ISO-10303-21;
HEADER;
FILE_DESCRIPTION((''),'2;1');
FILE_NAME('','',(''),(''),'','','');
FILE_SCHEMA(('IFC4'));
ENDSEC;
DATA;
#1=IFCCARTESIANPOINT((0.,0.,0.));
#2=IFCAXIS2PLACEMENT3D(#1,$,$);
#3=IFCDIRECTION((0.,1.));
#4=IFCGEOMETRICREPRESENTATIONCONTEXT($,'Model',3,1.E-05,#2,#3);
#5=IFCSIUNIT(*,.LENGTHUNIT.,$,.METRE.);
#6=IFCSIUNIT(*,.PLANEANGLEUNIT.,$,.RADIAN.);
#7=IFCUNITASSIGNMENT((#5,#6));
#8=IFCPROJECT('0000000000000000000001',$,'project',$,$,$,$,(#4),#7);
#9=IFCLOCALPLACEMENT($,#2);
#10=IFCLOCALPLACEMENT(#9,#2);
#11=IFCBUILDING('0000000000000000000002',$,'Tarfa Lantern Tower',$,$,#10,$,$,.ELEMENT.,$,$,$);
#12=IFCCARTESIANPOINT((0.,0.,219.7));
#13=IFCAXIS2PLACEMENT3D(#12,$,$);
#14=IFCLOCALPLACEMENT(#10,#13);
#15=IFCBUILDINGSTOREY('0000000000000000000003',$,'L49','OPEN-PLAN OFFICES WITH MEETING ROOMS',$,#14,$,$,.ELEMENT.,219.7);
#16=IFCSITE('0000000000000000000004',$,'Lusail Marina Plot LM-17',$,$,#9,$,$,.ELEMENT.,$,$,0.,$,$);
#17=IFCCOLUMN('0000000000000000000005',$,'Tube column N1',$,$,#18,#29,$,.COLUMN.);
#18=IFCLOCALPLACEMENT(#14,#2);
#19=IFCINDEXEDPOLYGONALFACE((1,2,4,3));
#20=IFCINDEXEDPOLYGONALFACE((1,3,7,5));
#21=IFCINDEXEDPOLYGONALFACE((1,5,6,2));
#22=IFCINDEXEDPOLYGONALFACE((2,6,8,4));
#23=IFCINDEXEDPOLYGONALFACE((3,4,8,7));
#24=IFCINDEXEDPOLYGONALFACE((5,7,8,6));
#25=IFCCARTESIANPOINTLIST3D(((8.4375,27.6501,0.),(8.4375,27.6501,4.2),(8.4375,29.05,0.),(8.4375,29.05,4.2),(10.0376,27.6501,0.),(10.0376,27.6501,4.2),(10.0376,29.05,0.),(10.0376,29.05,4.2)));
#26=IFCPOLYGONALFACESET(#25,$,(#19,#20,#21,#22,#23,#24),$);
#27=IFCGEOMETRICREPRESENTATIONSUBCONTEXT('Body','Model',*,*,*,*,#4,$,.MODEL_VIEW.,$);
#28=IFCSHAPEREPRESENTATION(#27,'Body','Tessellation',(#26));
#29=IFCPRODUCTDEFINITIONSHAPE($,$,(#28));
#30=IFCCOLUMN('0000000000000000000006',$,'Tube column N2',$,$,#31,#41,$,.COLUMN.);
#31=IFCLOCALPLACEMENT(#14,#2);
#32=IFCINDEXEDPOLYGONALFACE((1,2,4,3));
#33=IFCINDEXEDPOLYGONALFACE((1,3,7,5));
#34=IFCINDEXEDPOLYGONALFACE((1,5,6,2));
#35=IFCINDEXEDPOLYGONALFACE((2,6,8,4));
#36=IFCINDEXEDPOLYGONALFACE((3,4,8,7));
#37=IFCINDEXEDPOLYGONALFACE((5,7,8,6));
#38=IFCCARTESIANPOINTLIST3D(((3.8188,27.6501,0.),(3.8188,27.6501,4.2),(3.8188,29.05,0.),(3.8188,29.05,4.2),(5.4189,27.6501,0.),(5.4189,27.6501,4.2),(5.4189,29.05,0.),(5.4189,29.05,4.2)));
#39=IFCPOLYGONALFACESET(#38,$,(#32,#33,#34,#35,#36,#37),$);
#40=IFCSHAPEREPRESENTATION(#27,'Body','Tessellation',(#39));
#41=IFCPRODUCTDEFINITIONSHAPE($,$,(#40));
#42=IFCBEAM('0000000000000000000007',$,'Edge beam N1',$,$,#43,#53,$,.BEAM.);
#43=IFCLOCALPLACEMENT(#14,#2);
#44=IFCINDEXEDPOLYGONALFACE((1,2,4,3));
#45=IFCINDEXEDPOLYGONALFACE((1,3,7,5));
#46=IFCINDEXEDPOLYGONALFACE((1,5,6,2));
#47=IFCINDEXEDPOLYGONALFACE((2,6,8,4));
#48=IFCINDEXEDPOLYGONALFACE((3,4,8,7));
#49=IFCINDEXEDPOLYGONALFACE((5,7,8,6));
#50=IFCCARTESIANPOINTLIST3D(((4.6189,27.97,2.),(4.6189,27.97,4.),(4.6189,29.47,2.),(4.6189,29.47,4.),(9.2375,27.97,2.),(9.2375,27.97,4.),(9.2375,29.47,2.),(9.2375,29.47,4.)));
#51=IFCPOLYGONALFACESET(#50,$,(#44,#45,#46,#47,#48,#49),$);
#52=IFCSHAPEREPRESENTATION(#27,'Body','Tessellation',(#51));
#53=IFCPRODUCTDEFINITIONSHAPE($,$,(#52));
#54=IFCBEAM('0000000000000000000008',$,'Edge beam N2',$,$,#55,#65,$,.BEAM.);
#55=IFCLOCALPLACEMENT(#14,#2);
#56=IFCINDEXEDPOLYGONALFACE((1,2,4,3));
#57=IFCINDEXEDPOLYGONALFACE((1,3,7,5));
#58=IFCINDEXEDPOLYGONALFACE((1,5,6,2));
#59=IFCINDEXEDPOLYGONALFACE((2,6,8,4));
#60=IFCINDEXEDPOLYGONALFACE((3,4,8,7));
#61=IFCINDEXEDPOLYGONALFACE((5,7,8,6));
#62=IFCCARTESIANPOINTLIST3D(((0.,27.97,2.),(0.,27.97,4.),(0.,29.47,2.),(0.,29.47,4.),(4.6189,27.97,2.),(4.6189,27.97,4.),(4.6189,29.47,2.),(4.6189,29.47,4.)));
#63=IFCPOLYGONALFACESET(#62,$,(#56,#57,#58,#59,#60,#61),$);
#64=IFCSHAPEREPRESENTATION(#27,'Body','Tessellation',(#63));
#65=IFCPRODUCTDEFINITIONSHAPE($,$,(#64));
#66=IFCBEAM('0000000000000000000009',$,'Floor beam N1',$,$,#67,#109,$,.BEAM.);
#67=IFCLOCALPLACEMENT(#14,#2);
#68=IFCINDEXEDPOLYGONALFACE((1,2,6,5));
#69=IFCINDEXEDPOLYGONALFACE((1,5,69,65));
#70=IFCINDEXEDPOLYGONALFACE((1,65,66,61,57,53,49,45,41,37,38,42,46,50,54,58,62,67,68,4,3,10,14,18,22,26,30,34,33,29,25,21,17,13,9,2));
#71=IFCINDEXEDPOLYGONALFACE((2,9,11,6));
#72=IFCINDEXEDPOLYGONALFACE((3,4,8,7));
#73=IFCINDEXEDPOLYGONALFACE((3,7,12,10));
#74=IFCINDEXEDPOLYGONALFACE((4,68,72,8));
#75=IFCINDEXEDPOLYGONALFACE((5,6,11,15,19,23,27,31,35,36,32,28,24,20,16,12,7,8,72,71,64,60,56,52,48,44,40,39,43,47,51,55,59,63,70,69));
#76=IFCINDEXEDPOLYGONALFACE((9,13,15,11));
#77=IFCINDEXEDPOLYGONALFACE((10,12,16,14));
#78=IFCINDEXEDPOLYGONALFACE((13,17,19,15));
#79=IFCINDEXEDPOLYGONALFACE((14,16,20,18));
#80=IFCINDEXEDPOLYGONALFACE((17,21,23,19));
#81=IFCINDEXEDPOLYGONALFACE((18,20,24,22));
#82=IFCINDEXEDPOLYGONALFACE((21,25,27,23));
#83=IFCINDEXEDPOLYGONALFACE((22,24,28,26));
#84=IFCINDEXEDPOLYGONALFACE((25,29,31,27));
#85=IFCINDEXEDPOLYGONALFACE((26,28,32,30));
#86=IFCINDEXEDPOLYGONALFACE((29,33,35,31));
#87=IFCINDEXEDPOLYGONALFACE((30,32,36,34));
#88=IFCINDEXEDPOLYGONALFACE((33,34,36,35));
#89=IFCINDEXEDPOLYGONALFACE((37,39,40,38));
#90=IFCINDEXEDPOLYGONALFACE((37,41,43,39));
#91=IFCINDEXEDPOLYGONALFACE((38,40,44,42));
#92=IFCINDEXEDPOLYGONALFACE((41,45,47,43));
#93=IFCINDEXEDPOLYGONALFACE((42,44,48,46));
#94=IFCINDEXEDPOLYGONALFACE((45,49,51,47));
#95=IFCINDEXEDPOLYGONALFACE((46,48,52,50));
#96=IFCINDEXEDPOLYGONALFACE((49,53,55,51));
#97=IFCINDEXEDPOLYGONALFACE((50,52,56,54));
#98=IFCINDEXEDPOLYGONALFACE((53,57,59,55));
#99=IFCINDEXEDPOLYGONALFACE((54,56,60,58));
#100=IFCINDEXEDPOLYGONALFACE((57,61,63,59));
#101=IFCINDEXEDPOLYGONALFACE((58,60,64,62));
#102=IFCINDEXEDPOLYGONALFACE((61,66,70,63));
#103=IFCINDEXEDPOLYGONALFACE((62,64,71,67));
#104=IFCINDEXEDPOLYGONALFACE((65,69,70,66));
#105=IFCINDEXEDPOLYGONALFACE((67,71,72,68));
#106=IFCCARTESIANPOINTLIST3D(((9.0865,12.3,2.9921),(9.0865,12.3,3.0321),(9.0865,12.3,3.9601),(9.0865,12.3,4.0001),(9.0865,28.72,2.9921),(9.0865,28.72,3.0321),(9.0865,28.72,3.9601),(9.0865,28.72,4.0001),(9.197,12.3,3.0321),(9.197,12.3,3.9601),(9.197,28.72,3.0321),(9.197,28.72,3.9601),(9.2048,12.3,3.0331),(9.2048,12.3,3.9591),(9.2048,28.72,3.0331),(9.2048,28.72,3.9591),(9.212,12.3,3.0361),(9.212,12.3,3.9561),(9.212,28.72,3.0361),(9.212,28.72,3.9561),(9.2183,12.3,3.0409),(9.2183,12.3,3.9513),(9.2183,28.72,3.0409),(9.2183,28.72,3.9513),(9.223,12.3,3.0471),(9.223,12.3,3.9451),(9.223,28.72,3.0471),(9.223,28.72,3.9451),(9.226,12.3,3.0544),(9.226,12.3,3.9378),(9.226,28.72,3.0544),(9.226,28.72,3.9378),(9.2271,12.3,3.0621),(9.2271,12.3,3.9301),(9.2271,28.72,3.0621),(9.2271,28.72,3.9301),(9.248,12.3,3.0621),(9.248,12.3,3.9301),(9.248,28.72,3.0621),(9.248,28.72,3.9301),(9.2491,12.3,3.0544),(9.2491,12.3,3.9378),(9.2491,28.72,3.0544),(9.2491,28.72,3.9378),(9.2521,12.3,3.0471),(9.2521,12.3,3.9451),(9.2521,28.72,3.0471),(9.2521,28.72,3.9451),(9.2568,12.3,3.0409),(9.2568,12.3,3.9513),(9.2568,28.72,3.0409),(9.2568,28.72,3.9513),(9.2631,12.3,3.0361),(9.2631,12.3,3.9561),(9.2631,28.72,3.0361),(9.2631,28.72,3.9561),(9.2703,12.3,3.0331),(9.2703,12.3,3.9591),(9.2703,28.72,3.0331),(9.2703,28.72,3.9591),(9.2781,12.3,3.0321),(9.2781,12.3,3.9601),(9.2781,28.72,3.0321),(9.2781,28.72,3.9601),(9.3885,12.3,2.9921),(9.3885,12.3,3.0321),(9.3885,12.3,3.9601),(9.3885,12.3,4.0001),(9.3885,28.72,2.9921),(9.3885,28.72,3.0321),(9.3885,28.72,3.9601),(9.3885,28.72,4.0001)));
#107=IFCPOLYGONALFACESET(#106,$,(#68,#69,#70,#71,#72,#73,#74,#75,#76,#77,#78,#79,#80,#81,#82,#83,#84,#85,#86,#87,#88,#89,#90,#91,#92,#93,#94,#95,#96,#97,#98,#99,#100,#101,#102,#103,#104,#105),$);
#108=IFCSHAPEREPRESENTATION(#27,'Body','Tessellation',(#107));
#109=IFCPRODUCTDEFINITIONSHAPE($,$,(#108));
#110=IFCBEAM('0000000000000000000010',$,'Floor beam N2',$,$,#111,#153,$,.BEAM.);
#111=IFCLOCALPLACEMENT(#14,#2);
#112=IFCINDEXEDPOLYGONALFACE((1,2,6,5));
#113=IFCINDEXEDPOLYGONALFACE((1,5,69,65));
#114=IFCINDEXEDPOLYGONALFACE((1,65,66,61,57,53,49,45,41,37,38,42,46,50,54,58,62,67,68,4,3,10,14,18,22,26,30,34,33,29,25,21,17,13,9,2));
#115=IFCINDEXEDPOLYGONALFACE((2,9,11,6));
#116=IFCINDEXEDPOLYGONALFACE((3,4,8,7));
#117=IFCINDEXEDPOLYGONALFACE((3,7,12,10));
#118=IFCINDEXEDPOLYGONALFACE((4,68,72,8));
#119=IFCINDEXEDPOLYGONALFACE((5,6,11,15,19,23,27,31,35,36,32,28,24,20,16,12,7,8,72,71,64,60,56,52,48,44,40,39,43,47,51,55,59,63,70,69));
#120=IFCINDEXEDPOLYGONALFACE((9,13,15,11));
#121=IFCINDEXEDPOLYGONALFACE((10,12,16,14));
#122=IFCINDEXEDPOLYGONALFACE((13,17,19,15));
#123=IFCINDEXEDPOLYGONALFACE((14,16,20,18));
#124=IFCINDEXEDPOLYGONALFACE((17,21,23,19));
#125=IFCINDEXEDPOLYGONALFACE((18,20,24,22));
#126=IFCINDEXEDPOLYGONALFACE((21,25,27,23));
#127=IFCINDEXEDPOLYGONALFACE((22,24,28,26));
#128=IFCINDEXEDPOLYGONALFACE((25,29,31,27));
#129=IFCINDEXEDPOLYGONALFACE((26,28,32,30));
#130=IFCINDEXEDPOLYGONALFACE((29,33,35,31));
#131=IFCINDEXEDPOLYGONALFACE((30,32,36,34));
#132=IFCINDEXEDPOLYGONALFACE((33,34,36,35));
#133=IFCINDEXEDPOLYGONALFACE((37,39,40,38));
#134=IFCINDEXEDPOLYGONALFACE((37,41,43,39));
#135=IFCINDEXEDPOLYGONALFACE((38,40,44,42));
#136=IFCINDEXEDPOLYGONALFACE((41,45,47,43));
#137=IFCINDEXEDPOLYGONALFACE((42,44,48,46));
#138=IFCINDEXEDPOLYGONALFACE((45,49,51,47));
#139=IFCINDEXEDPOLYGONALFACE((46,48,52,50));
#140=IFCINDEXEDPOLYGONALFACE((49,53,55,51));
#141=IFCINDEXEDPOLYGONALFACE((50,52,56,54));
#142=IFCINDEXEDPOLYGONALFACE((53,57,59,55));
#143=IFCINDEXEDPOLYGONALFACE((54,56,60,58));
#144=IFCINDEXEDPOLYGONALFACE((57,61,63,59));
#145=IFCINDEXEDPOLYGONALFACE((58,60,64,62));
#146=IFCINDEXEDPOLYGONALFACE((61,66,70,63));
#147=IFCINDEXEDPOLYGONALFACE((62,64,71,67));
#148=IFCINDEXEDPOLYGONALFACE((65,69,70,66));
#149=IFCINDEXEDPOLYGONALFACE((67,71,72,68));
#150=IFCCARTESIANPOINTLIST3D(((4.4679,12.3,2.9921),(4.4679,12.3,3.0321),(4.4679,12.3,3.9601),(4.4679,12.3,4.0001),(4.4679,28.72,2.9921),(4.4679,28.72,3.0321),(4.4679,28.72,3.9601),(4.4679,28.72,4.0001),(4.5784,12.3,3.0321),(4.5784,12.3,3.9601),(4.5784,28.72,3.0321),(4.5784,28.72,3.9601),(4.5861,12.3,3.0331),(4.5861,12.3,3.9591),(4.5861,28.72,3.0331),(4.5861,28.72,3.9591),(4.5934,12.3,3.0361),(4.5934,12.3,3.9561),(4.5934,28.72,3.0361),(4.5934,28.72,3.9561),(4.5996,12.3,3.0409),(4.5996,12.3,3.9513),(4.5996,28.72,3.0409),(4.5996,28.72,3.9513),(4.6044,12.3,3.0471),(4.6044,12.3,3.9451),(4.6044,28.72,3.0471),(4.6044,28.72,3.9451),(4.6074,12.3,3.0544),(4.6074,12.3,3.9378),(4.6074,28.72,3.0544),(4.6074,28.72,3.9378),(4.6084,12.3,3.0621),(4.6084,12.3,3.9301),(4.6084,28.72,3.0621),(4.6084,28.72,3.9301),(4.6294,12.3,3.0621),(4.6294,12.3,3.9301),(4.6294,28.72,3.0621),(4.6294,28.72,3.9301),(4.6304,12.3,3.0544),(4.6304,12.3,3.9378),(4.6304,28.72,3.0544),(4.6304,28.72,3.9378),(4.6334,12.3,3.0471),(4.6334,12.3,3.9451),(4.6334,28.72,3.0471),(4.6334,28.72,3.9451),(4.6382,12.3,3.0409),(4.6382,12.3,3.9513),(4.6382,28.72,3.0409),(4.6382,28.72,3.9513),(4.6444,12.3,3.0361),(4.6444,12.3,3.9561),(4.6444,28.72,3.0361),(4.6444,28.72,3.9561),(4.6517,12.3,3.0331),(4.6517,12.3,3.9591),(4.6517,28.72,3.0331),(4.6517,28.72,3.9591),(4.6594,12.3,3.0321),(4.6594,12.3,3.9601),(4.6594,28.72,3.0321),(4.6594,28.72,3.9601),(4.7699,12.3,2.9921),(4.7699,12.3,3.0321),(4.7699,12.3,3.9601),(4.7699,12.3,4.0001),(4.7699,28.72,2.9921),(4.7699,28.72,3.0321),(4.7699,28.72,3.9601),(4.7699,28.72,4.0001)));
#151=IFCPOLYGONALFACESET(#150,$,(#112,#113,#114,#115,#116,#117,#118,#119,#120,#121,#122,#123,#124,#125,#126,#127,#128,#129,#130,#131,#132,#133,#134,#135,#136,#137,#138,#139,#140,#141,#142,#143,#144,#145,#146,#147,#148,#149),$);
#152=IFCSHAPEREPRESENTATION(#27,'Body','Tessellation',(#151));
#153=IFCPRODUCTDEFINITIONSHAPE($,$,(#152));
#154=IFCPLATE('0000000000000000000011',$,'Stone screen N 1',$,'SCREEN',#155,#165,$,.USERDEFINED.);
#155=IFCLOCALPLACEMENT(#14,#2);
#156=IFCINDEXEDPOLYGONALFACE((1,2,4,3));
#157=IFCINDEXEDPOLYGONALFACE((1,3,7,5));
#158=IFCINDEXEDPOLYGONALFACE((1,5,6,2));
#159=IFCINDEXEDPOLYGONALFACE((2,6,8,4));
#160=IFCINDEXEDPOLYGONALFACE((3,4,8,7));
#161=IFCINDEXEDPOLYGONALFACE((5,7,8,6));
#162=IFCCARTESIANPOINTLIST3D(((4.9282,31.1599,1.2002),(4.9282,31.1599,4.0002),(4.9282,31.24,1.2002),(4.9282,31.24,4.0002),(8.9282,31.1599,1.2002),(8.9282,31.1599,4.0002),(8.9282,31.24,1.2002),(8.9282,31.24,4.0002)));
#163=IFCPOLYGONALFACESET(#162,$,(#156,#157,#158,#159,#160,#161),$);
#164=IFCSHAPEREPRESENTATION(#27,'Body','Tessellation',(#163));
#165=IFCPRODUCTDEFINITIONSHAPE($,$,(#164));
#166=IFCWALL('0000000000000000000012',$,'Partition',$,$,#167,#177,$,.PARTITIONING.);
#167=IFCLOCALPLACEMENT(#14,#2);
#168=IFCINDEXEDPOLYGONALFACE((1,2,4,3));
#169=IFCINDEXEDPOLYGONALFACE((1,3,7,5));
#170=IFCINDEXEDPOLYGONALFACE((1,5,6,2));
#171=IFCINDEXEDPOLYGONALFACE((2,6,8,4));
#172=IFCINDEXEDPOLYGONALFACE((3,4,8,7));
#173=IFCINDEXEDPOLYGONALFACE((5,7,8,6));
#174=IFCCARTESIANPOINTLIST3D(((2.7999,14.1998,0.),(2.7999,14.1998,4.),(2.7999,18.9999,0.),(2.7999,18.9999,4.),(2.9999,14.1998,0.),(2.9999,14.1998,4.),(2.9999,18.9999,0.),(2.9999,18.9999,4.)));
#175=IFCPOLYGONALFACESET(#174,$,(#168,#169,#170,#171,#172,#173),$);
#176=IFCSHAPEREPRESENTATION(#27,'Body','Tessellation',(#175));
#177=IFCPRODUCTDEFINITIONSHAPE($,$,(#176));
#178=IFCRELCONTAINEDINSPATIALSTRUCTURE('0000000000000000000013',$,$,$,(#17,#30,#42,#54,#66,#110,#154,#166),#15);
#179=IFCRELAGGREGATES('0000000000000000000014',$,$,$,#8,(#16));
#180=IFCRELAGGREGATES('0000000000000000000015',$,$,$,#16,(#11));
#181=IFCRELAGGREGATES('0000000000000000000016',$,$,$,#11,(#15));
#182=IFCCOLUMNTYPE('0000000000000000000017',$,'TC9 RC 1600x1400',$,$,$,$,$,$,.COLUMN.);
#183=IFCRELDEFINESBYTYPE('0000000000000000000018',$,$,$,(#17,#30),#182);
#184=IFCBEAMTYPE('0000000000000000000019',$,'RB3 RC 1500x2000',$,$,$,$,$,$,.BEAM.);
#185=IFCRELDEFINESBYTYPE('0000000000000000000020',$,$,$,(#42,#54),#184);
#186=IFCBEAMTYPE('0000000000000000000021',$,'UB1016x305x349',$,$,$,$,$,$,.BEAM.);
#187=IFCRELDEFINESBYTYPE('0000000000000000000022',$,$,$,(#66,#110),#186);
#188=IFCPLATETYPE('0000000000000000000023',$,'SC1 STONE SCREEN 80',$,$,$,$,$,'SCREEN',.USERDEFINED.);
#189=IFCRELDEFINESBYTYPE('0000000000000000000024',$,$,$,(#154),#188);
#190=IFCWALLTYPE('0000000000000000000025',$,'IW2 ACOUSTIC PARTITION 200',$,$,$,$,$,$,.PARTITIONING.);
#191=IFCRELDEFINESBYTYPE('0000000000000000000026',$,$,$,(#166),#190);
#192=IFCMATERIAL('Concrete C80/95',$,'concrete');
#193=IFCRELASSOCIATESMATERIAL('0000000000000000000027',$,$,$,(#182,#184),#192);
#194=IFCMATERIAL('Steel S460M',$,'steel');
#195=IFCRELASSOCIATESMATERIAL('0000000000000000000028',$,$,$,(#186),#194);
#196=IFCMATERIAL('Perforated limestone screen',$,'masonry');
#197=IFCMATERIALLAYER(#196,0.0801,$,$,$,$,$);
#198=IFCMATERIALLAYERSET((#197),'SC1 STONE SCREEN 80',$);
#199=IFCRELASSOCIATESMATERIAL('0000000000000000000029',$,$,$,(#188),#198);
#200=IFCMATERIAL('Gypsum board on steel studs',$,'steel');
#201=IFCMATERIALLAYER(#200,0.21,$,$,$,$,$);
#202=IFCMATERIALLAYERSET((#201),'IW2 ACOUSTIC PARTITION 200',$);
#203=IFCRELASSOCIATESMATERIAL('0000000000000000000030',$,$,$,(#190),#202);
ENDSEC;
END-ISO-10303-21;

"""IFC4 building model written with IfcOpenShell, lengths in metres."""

from ifc_helpers import new_model, si_unit, direction, frame, frame_2d, origin, origin_2d, place, context, subcontext, project, spatial, rectangle, i_section, extrude, material, layer, layer_set, material_profile, profile_set, type_object, element, save


model = new_model("IFC4")

# Units and contexts
model_context = context("Model", 3, precision=1e-05, world=origin(), true_north=direction((0.0, 1.0)))
body_context = subcontext(model_context, "Body", "Model", "MODEL_VIEW")
ifc_project = project(units=[si_unit("LENGTHUNIT", "METRE"), si_unit("PLANEANGLEUNIT", "RADIAN")], contexts=[model_context])

# Site, building, storey
site_placement = place(None, origin())
site = spatial("IfcSite", under=ifc_project, at=site_placement, Name="Lusail Marina Plot LM-17", CompositionType="ELEMENT", RefElevation=0.0)
building_placement = place(site_placement, origin())
building = spatial("IfcBuilding", under=site, at=building_placement, Name="Tarfa Lantern Tower", CompositionType="ELEMENT")
storey_placement = place(building_placement, frame((0.0, 0.0, 219.7)))
storey = spatial("IfcBuildingStorey", under=building, at=storey_placement, Name="L49", Description="OPEN-PLAN OFFICES WITH MEETING ROOMS", CompositionType="ELEMENT", Elevation=219.7)

# Columns
ifc_material_1 = material(Name="Concrete C80/95", Category="concrete")
ifc_material_profile_1 = material_profile(ifc_material_1, rectangle(XDim=1.6001, YDim=1.3999, at=origin_2d()), Name="RC 1600x1400")
ifc_profile_set_1 = profile_set([ifc_material_profile_1], Name="Concrete C80/95")
column_type = type_object("IfcColumnType", Name="TC9 RC 1600x1400", PredefinedType="COLUMN", material=ifc_profile_set_1)
for number, where, z_axis, x_axis, name in (
    (1, (9.2375, 28.3501, 0.0), (0.0, 0.0, 1.0), (-1.0, 0.0, 0.0), "Tube column N1"),
    (2, (4.6189, 28.3501, 0.0), (0.0, 0.0, 1.0), (-1.0, 0.0, 0.0), "Tube column N2"),
):
    element("IfcColumn", number, at=place(storey_placement, frame(where, z_axis=z_axis, x_axis=x_axis)), inside=storey, type_object=column_type, Name=name, PredefinedType="COLUMN", context=body_context, shape_type="SweptSolid", body=[
        extrude(rectangle(XDim=1.6001, YDim=1.3999, at=origin_2d()), origin(), (0.0, 0.0, 1.0), 4.2),
    ])

# Beams
ifc_material_profile_2 = material_profile(ifc_material_1, rectangle(XDim=1.5, YDim=2.0, at=origin_2d()), Name="RC 1500x2000")
ifc_profile_set_2 = profile_set([ifc_material_profile_2], Name="Concrete C80/95")
beam_type_1 = type_object("IfcBeamType", Name="RB3 RC 1500x2000", PredefinedType="BEAM", material=ifc_profile_set_2)
beam_1_placement = place(storey_placement, frame((9.2375, 28.72, 3.0), z_axis=(-1.0, 0.0, 0.0), x_axis=(0.0, -1.0, 0.0)))
element("IfcBeam", 3, at=beam_1_placement, inside=storey, type_object=beam_type_1, Name="Edge beam N1", PredefinedType="BEAM", context=body_context, shape_type="SweptSolid", body=[
    extrude(rectangle(XDim=1.5, YDim=2.0, at=origin_2d()), origin(), (0.0, 0.0, 1.0), 4.6187),
])
beam_2_placement = place(storey_placement, frame((4.6189, 28.72, 3.0), z_axis=(-1.0, 0.0, 0.0), x_axis=(0.0, -1.0, 0.0)))
element("IfcBeam", 4, at=beam_2_placement, inside=storey, type_object=beam_type_1, Name="Edge beam N2", PredefinedType="BEAM", context=body_context, shape_type="SweptSolid", body=[
    extrude(rectangle(XDim=1.5, YDim=2.0, at=origin_2d()), origin(), (0.0, 0.0, 1.0), 4.6189),
])
ifc_material_2 = material(Name="Steel S460M", Category="steel")
ifc_material_profile_3 = material_profile(ifc_material_2, i_section(OverallWidth=0.302, OverallDepth=1.0081, WebThickness=0.021, FlangeThickness=0.04, FilletRadius=0.03, at=origin_2d()), Name="UB1016x305x349")
ifc_profile_set_3 = profile_set([ifc_material_profile_3], Name="Steel S460M")
beam_type_2 = type_object("IfcBeamType", Name="UB1016x305x349", PredefinedType="BEAM", material=ifc_profile_set_3)
for number, where, z_axis, x_axis, name in (
    (5, (9.2375, 28.72, 3.4961), (0.0, -1.0, 0.0), (1.0, 0.0, 0.0), "Floor beam N1"),
    (6, (4.6189, 28.72, 3.4961), (0.0, -1.0, 0.0), (1.0, 0.0, 0.0), "Floor beam N2"),
):
    element("IfcBeam", number, at=place(storey_placement, frame(where, z_axis=z_axis, x_axis=x_axis)), inside=storey, type_object=beam_type_2, Name=name, PredefinedType="BEAM", context=body_context, shape_type="SweptSolid", body=[
        extrude(i_section(OverallWidth=0.302, OverallDepth=1.0081, WebThickness=0.021, FlangeThickness=0.04, FilletRadius=0.03, at=origin_2d()), origin(), (0.0, 0.0, 1.0), 16.4199),
    ])

# Plate
ifc_material_3 = material(Name="Perforated limestone screen", Category="masonry")
ifc_layer_1 = layer(ifc_material_3, 0.0801)
ifc_layer_set_1 = layer_set([ifc_layer_1], Name="SC1 STONE SCREEN 80")
plate_type = type_object("IfcPlateType", Name="SC1 STONE SCREEN 80", ElementType="SCREEN", PredefinedType="USERDEFINED", material=ifc_layer_set_1)
plate_placement = place(storey_placement, frame((6.9282, 31.2, 1.2002), z_axis=(0.0, 0.0, 1.0), x_axis=(-1.0, 0.0, 0.0)))
element("IfcPlate", 7, at=plate_placement, inside=storey, type_object=plate_type, Name="Stone screen N 1", ObjectType="SCREEN", PredefinedType="USERDEFINED", context=body_context, shape_type="SweptSolid", body=[
    extrude(rectangle(XDim=4.0, YDim=0.0801, at=origin_2d()), origin(), (0.0, 0.0, 1.0), 2.8),
])

# Wall
ifc_material_4 = material(Name="Gypsum board on steel studs", Category="steel")
ifc_layer_2 = layer(ifc_material_4, 0.21)
ifc_layer_set_2 = layer_set([ifc_layer_2], Name="IW2 ACOUSTIC PARTITION 200")
wall_type = type_object("IfcWallType", Name="IW2 ACOUSTIC PARTITION 200", PredefinedType="PARTITIONING", material=ifc_layer_set_2)
wall_1_placement = place(storey_placement, frame((2.8999, 14.2, 0.0), z_axis=(0.0, 0.0, 1.0), x_axis=(0.0, 1.0, 0.0)))
element("IfcWall", 8, at=wall_1_placement, inside=storey, type_object=wall_type, Name="Partition", PredefinedType="PARTITIONING", context=body_context, shape_type="SweptSolid", body=[
    extrude(rectangle(XDim=4.8, YDim=0.2, at=frame_2d((2.3999, 0.0))), origin(), (0.0, 0.0, 1.0), 4.0),
])

save(model, "model.ifc")
